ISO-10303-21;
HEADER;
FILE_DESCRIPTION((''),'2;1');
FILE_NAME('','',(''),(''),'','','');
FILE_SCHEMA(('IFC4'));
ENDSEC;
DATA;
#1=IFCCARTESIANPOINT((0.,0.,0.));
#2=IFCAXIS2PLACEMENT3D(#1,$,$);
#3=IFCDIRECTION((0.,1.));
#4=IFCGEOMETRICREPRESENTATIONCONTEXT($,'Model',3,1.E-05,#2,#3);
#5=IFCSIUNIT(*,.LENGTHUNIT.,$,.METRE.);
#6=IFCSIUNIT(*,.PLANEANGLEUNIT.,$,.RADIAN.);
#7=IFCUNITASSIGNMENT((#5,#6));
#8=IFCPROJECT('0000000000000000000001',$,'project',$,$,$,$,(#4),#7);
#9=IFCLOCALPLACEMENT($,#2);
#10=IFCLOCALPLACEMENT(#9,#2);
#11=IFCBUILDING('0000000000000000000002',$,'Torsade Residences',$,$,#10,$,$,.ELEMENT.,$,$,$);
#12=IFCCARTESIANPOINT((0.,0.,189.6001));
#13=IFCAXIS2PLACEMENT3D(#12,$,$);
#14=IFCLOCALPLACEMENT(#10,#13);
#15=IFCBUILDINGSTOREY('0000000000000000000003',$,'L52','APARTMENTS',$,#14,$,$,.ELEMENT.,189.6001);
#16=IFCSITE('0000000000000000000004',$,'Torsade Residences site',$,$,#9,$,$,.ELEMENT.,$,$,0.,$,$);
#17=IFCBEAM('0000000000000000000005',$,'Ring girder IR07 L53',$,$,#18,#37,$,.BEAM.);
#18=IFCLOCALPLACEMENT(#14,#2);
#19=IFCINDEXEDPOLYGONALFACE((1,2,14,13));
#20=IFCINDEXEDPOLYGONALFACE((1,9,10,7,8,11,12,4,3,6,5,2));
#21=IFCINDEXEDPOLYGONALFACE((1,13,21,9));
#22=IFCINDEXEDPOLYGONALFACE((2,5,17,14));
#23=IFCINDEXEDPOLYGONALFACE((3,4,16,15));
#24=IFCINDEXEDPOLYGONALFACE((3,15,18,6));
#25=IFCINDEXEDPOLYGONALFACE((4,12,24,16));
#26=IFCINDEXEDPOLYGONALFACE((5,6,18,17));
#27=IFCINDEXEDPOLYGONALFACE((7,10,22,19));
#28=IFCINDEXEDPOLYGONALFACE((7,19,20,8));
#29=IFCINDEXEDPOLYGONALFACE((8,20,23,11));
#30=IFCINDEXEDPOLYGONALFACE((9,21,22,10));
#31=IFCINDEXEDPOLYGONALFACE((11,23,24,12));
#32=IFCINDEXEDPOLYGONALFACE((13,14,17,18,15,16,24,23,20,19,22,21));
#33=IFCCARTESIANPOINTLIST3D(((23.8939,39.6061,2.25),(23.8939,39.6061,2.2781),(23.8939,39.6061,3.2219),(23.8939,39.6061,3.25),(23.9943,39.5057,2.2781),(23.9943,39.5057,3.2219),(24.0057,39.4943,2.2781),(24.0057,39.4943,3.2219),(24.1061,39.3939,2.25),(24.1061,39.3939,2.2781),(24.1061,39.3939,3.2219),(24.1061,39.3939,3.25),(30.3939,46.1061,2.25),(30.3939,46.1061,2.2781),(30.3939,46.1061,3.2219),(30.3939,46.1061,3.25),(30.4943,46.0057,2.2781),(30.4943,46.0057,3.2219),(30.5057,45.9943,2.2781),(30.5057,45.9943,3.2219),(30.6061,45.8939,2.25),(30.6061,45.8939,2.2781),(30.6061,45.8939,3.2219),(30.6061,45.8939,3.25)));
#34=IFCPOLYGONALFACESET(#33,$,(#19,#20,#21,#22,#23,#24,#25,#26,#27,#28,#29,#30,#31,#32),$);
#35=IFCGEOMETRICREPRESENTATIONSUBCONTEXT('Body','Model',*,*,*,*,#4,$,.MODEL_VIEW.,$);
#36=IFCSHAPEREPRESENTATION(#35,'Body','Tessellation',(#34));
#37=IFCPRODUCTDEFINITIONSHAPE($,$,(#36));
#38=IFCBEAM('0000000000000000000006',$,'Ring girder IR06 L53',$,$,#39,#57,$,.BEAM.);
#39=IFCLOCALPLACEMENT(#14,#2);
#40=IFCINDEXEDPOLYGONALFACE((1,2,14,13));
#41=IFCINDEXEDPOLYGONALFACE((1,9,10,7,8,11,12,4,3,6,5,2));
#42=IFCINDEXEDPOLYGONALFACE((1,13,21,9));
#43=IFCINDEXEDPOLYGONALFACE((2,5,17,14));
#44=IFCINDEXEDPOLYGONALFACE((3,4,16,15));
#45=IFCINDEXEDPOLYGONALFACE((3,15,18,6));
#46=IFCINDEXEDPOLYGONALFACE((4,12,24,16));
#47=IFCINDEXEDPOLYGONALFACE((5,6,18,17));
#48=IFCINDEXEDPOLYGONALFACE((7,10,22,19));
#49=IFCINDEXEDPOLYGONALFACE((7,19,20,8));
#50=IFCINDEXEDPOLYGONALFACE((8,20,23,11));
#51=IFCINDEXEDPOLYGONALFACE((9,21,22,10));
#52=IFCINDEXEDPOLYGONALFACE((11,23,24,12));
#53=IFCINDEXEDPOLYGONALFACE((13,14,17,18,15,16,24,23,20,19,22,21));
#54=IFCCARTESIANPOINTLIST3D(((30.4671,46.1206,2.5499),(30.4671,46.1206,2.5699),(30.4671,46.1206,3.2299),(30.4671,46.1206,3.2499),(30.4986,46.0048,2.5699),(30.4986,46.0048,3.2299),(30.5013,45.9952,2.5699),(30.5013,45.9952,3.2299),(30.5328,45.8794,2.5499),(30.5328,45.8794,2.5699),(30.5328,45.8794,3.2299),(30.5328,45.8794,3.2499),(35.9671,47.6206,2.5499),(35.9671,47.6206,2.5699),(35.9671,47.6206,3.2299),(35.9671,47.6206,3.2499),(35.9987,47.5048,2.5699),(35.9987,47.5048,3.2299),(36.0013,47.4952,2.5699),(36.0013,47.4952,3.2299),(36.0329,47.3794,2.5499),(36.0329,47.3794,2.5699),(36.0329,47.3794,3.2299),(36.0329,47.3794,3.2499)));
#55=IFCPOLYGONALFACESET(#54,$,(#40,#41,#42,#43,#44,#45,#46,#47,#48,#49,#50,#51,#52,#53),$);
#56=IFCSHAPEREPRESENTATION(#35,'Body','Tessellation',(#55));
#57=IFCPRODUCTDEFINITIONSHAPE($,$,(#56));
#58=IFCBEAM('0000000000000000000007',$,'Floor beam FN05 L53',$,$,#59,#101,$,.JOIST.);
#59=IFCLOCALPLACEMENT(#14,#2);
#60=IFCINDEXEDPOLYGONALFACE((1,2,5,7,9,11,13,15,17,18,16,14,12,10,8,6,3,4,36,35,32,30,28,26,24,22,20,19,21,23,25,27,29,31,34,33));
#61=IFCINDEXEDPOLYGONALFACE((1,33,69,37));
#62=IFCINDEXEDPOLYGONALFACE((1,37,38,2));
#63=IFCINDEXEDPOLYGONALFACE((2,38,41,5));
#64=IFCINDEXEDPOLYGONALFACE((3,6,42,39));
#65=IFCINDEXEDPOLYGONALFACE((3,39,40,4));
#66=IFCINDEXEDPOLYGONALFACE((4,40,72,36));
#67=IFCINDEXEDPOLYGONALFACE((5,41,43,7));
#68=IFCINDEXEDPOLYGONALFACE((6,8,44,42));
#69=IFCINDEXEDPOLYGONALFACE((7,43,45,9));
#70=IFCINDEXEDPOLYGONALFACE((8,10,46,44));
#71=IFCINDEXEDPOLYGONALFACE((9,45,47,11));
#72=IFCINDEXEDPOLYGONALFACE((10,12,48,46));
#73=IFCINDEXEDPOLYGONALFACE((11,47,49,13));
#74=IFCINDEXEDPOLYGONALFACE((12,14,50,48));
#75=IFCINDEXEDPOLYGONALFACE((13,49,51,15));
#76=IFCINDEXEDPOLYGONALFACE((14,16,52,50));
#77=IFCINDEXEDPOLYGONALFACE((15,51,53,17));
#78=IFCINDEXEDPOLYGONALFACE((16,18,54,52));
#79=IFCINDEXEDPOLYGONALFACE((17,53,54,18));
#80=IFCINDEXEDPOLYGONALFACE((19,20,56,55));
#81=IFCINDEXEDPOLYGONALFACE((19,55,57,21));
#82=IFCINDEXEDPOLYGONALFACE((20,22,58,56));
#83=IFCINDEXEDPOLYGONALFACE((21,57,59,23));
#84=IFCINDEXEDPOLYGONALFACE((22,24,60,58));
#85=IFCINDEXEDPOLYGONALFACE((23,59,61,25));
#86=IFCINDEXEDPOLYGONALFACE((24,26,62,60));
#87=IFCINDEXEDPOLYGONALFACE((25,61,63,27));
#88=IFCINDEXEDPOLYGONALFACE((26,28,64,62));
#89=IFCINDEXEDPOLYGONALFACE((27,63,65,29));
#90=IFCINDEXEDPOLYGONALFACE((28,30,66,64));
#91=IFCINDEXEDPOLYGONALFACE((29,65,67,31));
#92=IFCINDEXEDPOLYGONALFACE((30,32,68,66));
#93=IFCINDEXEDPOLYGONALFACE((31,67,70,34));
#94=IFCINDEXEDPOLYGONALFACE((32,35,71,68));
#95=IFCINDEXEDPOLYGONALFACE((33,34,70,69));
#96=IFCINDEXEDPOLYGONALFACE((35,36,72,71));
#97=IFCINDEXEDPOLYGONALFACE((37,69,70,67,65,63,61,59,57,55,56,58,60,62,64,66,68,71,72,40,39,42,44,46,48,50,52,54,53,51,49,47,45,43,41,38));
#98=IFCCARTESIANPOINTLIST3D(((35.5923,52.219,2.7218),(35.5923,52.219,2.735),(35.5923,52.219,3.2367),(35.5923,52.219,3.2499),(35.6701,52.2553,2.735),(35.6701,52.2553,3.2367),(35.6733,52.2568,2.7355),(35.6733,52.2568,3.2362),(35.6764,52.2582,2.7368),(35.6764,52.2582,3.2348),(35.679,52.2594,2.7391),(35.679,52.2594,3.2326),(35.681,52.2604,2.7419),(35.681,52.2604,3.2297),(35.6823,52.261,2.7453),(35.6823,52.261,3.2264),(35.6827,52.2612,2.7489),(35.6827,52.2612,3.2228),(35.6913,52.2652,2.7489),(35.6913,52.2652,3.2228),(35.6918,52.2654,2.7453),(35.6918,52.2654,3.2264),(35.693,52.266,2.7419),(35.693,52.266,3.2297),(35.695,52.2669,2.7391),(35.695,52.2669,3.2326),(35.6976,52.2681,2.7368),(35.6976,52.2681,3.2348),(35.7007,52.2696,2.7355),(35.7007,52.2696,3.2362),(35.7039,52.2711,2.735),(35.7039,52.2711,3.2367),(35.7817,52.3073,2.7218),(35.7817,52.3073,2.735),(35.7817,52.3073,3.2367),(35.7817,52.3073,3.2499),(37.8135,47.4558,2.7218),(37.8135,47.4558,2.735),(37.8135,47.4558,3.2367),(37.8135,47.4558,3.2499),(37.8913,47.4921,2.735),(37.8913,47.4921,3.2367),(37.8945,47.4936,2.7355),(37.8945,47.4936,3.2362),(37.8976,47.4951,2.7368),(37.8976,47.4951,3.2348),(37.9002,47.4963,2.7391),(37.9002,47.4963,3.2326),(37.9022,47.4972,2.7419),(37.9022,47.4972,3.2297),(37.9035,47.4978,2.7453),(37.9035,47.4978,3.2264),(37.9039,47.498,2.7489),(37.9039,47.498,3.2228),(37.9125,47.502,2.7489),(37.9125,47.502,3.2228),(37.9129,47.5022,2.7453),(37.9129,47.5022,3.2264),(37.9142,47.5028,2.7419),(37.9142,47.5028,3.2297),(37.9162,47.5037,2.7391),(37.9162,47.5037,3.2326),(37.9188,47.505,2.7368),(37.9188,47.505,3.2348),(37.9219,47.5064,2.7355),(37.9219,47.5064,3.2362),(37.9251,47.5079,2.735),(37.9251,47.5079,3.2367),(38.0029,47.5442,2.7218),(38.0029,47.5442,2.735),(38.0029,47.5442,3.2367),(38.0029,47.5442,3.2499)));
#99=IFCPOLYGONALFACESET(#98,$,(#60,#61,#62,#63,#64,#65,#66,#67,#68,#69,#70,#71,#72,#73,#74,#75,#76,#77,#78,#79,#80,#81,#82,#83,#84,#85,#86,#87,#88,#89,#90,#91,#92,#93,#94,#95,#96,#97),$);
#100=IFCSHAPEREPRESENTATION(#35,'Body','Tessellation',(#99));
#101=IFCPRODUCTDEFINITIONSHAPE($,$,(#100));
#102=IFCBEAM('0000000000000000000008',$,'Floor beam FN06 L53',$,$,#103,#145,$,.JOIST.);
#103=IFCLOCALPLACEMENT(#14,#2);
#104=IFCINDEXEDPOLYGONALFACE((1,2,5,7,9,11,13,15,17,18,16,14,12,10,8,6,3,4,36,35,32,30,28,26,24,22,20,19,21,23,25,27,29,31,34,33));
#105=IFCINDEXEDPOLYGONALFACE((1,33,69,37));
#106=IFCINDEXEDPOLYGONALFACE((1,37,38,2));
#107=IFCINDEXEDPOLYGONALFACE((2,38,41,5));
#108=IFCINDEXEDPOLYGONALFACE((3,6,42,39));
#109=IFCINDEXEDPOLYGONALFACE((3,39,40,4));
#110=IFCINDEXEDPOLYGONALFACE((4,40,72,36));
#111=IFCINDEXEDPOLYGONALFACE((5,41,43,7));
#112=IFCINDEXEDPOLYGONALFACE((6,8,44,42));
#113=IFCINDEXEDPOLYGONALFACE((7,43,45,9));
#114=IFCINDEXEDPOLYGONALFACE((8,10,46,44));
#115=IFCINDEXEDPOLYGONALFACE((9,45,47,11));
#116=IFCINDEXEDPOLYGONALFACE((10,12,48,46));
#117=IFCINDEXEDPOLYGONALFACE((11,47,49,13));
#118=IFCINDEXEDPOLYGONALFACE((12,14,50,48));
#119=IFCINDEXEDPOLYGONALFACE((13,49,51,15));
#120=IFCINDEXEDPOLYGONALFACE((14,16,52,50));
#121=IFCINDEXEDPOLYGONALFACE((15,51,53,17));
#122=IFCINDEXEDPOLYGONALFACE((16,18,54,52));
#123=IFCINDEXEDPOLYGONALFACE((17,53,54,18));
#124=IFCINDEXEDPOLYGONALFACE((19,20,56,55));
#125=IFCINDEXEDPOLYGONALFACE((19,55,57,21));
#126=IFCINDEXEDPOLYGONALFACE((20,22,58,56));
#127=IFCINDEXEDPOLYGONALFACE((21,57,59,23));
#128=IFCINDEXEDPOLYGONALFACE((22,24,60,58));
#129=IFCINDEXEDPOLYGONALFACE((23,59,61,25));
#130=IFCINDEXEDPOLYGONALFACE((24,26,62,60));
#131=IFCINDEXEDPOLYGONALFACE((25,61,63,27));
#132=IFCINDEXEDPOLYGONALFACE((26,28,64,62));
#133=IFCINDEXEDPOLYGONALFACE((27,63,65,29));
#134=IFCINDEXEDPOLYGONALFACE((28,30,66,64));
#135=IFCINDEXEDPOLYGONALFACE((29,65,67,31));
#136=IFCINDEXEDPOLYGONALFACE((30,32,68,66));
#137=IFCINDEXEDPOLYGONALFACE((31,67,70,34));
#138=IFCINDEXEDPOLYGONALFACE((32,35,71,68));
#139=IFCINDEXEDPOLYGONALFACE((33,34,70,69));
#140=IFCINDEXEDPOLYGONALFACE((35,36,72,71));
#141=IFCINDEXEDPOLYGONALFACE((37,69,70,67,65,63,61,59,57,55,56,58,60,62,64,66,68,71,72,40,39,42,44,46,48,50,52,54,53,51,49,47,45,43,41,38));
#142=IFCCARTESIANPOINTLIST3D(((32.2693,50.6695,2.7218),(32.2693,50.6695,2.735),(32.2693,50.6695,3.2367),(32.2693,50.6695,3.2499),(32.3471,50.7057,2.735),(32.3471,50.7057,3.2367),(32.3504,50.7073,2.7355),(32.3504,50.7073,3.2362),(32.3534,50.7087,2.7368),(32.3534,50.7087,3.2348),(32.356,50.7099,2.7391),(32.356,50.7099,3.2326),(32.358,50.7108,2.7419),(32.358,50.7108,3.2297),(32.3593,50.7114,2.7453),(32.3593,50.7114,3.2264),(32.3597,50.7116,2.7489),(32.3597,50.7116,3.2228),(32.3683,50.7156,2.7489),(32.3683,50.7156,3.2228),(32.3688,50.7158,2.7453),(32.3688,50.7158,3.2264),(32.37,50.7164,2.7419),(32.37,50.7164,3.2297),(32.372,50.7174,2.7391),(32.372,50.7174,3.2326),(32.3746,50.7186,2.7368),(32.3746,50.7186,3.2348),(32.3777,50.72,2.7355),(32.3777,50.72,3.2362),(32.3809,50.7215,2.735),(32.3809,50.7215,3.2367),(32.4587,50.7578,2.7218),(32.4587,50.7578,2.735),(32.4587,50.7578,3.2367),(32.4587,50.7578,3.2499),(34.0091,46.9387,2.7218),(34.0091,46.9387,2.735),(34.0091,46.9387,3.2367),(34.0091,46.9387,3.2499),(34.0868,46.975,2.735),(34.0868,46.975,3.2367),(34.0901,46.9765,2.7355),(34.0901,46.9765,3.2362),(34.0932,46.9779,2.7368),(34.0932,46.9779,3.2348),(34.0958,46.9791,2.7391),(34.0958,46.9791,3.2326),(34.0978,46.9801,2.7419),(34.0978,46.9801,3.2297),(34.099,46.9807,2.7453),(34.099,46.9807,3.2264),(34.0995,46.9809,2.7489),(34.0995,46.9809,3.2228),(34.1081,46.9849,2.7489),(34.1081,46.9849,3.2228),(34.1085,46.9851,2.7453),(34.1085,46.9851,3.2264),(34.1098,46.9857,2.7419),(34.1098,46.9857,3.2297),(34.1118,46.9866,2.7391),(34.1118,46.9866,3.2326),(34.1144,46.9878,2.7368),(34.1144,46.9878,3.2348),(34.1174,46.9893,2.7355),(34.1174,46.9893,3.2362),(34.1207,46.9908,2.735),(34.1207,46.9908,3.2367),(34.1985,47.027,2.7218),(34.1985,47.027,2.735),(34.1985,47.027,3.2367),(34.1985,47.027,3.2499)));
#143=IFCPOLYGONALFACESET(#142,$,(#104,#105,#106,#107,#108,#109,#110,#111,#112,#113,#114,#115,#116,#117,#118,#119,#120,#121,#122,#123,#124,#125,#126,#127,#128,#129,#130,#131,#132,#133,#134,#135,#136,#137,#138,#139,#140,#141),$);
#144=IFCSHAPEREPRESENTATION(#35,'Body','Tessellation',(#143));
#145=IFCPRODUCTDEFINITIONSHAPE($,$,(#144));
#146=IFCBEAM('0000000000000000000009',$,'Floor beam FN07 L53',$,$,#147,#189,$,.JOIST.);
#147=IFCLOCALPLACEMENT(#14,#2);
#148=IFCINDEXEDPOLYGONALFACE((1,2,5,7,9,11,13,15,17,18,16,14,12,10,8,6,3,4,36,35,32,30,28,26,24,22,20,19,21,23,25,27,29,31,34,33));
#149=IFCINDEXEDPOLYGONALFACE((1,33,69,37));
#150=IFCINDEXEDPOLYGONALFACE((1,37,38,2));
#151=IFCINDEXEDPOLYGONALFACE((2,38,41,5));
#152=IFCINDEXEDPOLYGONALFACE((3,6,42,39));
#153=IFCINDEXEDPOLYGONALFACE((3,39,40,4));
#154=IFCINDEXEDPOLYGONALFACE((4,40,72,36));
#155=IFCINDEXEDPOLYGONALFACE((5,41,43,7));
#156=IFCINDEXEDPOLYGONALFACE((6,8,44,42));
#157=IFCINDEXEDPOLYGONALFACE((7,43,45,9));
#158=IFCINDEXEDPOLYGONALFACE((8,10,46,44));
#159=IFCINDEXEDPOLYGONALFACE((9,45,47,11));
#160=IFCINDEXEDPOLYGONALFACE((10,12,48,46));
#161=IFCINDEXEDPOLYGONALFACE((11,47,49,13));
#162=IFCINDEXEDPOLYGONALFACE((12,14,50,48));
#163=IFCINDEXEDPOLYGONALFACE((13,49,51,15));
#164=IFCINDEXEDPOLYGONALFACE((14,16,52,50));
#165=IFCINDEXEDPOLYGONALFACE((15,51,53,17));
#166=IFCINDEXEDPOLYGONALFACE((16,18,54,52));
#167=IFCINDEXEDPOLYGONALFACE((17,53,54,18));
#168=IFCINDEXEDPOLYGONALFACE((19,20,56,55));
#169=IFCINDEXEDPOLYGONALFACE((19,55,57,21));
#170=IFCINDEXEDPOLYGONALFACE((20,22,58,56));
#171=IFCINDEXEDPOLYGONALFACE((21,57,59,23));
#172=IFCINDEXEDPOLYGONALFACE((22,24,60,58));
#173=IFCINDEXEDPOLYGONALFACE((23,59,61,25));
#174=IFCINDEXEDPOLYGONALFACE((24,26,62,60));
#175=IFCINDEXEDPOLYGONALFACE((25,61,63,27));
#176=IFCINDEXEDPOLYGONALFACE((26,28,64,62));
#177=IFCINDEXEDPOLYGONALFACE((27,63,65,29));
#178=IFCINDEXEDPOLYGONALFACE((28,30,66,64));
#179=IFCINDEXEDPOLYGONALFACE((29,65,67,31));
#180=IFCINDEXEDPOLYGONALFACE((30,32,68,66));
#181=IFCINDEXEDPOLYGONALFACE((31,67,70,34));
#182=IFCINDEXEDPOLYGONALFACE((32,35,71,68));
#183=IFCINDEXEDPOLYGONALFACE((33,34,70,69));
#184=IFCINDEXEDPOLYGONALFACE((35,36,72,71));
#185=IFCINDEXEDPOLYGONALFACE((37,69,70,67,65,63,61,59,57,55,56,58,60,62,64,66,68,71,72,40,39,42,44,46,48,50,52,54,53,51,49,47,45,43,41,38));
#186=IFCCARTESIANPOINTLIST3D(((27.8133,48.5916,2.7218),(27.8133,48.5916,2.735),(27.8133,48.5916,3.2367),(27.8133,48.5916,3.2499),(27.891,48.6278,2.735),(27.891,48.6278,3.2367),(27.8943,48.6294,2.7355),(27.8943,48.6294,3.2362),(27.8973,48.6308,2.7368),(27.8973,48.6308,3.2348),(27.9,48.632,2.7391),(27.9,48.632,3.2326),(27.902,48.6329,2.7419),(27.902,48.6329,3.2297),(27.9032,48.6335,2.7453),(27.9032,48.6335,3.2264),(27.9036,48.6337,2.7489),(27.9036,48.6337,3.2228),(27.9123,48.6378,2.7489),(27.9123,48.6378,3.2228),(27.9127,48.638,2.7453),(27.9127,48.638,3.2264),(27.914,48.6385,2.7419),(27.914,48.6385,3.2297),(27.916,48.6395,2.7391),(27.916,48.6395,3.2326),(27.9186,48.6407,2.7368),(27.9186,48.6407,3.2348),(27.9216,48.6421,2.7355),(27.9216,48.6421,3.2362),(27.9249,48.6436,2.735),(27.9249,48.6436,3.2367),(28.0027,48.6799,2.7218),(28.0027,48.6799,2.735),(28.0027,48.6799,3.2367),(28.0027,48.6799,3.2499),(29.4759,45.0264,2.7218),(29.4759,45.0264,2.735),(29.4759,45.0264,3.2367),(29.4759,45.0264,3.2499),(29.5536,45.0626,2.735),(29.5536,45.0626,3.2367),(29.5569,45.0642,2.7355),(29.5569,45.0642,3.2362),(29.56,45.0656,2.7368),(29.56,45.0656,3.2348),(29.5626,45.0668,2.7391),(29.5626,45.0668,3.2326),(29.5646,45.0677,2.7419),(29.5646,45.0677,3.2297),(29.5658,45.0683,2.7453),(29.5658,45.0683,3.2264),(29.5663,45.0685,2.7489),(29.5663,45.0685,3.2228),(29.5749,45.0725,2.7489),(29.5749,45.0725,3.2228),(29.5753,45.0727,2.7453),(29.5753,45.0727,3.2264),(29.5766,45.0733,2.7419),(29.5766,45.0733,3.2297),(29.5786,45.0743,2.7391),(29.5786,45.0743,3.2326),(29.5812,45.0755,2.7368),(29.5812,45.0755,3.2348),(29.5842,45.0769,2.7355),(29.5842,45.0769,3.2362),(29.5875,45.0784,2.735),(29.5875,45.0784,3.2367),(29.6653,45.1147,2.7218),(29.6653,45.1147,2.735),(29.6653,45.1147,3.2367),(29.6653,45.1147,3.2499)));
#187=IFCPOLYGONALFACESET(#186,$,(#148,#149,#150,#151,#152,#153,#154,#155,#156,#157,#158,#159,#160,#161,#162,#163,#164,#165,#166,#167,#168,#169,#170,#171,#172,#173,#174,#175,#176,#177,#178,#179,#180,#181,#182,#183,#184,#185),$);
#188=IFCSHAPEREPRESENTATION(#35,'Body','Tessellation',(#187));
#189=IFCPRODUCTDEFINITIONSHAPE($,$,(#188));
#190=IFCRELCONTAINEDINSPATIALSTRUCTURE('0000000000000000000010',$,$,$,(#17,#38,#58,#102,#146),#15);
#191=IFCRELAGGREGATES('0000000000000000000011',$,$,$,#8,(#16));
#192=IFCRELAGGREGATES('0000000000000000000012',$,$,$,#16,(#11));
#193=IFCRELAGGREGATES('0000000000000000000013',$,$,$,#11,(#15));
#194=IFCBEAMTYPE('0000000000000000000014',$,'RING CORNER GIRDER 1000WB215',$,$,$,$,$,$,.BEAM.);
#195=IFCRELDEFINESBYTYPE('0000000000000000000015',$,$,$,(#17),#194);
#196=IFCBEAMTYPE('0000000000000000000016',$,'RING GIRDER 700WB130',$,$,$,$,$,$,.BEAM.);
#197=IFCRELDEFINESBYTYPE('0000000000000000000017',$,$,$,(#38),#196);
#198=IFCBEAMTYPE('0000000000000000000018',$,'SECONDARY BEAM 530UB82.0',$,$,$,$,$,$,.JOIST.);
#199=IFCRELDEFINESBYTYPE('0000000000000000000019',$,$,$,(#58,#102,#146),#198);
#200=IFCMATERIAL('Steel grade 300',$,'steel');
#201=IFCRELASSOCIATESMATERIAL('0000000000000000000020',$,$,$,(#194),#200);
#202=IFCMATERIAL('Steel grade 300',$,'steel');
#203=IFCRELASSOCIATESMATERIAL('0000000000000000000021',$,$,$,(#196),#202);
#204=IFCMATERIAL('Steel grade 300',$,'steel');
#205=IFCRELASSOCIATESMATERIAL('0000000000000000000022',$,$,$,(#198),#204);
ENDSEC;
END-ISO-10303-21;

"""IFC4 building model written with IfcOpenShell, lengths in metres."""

from ifc_helpers import new_model, si_unit, direction, frame, origin, origin_2d, place, context, subcontext, project, spatial, i_section, extrude, material, material_profile, profile_set, type_object, element, save


model = new_model("IFC4")

# Units and contexts
model_context = context("Model", 3, precision=1e-05, world=origin(), true_north=direction((0.0, 1.0)))
body_context = subcontext(model_context, "Body", "Model", "MODEL_VIEW")
ifc_project = project(units=[si_unit("LENGTHUNIT", "METRE"), si_unit("PLANEANGLEUNIT", "RADIAN")], contexts=[model_context])

# Site, building, storey
site_placement = place(None, origin())
site = spatial("IfcSite", under=ifc_project, at=site_placement, Name="Torsade Residences site", CompositionType="ELEMENT", RefElevation=0.0)
building_placement = place(site_placement, origin())
building = spatial("IfcBuilding", under=site, at=building_placement, Name="Torsade Residences", CompositionType="ELEMENT")
storey_placement = place(building_placement, frame((0.0, 0.0, 189.6001)))
storey = spatial("IfcBuildingStorey", under=building, at=storey_placement, Name="L52", Description="APARTMENTS", CompositionType="ELEMENT", Elevation=189.6001)

# Beams
ifc_material_1 = material(Name="Steel grade 300", Category="steel")
ifc_material_profile_1 = material_profile(ifc_material_1, i_section(OverallWidth=0.3, OverallDepth=1.0, WebThickness=0.0161, FlangeThickness=0.0281, at=origin_2d()), Name="1000WB215")
ifc_profile_set_1 = profile_set([ifc_material_profile_1], Name="Steel grade 300")
beam_type_1 = type_object("IfcBeamType", Name="RING CORNER GIRDER 1000WB215", PredefinedType="BEAM", material=ifc_profile_set_1)
beam_1_placement = place(storey_placement, frame((30.5, 46.0, 2.75), z_axis=(-0.707107, -0.707107, 0.0), x_axis=(0.707107, -0.707107, 0.0)))
element("IfcBeam", 1, at=beam_1_placement, inside=storey, type_object=beam_type_1, Name="Ring girder IR07 L53", PredefinedType="BEAM", context=body_context, shape_type="SweptSolid", body=[
    extrude(i_section(OverallWidth=0.3, OverallDepth=1.0, WebThickness=0.0161, FlangeThickness=0.0281, at=origin_2d()), origin(), (0.0, 0.0, 1.0), 9.1924),
])
ifc_material_2 = material(Name="Steel grade 300", Category="steel")
ifc_material_profile_2 = material_profile(ifc_material_2, i_section(OverallWidth=0.25, OverallDepth=0.7, WebThickness=0.01, FlangeThickness=0.02, at=origin_2d()), Name="700WB130")
ifc_profile_set_2 = profile_set([ifc_material_profile_2], Name="Steel grade 300")
beam_type_2 = type_object("IfcBeamType", Name="RING GIRDER 700WB130", PredefinedType="BEAM", material=ifc_profile_set_2)
beam_2_placement = place(storey_placement, frame((36.0, 47.5, 2.8999), z_axis=(-0.964764, -0.263117, 0.0), x_axis=(0.263117, -0.964764, 0.0)))
element("IfcBeam", 2, at=beam_2_placement, inside=storey, type_object=beam_type_2, Name="Ring girder IR06 L53", PredefinedType="BEAM", context=body_context, shape_type="SweptSolid", body=[
    extrude(i_section(OverallWidth=0.25, OverallDepth=0.7, WebThickness=0.01, FlangeThickness=0.02, at=origin_2d()), origin(), (0.0, 0.0, 1.0), 5.7009),
])
ifc_material_3 = material(Name="Steel grade 300", Category="steel")
ifc_material_profile_3 = material_profile(ifc_material_3, i_section(OverallWidth=0.209, OverallDepth=0.5281, WebThickness=0.0095, FlangeThickness=0.0132, FilletRadius=0.0139, at=origin_2d()), Name="530UB82.0")
ifc_profile_set_3 = profile_set([ifc_material_profile_3], Name="Steel grade 300")
beam_type_3 = type_object("IfcBeamType", Name="SECONDARY BEAM 530UB82.0", PredefinedType="JOIST", material=ifc_profile_set_3)
beam_3_placement = place(storey_placement, frame((35.687, 52.2632, 2.9858), z_axis=(0.422631, -0.906302, 0.0), x_axis=(0.906302, 0.422631, 0.0)))
element("IfcBeam", 3, at=beam_3_placement, inside=storey, type_object=beam_type_3, Name="Floor beam FN05 L53", PredefinedType="JOIST", context=body_context, shape_type="SweptSolid", body=[
    extrude(i_section(OverallWidth=0.209, OverallDepth=0.5281, WebThickness=0.0095, FlangeThickness=0.0132, FilletRadius=0.0139, at=origin_2d()), origin(), (0.0, 0.0, 1.0), 5.2556),
])
beam_4_placement = place(storey_placement, frame((32.364, 50.7136, 2.9858), z_axis=(0.422635, -0.9063, 0.0), x_axis=(0.9063, 0.422635, 0.0)))
element("IfcBeam", 4, at=beam_4_placement, inside=storey, type_object=beam_type_3, Name="Floor beam FN06 L53", PredefinedType="JOIST", context=body_context, shape_type="SweptSolid", body=[
    extrude(i_section(OverallWidth=0.209, OverallDepth=0.5281, WebThickness=0.0095, FlangeThickness=0.0132, FilletRadius=0.0139, at=origin_2d()), origin(), (0.0, 0.0, 1.0), 4.1165),
])
beam_5_placement = place(storey_placement, frame((27.908, 48.6357, 2.9858), z_axis=(0.422644, -0.906296, 0.0), x_axis=(0.906296, 0.422644, 0.0)))
element("IfcBeam", 5, at=beam_5_placement, inside=storey, type_object=beam_type_3, Name="Floor beam FN07 L53", PredefinedType="JOIST", context=body_context, shape_type="SweptSolid", body=[
    extrude(i_section(OverallWidth=0.209, OverallDepth=0.5281, WebThickness=0.0095, FlangeThickness=0.0132, FilletRadius=0.0139, at=origin_2d()), origin(), (0.0, 0.0, 1.0), 3.9338),
])

save(model, "model.ifc")
